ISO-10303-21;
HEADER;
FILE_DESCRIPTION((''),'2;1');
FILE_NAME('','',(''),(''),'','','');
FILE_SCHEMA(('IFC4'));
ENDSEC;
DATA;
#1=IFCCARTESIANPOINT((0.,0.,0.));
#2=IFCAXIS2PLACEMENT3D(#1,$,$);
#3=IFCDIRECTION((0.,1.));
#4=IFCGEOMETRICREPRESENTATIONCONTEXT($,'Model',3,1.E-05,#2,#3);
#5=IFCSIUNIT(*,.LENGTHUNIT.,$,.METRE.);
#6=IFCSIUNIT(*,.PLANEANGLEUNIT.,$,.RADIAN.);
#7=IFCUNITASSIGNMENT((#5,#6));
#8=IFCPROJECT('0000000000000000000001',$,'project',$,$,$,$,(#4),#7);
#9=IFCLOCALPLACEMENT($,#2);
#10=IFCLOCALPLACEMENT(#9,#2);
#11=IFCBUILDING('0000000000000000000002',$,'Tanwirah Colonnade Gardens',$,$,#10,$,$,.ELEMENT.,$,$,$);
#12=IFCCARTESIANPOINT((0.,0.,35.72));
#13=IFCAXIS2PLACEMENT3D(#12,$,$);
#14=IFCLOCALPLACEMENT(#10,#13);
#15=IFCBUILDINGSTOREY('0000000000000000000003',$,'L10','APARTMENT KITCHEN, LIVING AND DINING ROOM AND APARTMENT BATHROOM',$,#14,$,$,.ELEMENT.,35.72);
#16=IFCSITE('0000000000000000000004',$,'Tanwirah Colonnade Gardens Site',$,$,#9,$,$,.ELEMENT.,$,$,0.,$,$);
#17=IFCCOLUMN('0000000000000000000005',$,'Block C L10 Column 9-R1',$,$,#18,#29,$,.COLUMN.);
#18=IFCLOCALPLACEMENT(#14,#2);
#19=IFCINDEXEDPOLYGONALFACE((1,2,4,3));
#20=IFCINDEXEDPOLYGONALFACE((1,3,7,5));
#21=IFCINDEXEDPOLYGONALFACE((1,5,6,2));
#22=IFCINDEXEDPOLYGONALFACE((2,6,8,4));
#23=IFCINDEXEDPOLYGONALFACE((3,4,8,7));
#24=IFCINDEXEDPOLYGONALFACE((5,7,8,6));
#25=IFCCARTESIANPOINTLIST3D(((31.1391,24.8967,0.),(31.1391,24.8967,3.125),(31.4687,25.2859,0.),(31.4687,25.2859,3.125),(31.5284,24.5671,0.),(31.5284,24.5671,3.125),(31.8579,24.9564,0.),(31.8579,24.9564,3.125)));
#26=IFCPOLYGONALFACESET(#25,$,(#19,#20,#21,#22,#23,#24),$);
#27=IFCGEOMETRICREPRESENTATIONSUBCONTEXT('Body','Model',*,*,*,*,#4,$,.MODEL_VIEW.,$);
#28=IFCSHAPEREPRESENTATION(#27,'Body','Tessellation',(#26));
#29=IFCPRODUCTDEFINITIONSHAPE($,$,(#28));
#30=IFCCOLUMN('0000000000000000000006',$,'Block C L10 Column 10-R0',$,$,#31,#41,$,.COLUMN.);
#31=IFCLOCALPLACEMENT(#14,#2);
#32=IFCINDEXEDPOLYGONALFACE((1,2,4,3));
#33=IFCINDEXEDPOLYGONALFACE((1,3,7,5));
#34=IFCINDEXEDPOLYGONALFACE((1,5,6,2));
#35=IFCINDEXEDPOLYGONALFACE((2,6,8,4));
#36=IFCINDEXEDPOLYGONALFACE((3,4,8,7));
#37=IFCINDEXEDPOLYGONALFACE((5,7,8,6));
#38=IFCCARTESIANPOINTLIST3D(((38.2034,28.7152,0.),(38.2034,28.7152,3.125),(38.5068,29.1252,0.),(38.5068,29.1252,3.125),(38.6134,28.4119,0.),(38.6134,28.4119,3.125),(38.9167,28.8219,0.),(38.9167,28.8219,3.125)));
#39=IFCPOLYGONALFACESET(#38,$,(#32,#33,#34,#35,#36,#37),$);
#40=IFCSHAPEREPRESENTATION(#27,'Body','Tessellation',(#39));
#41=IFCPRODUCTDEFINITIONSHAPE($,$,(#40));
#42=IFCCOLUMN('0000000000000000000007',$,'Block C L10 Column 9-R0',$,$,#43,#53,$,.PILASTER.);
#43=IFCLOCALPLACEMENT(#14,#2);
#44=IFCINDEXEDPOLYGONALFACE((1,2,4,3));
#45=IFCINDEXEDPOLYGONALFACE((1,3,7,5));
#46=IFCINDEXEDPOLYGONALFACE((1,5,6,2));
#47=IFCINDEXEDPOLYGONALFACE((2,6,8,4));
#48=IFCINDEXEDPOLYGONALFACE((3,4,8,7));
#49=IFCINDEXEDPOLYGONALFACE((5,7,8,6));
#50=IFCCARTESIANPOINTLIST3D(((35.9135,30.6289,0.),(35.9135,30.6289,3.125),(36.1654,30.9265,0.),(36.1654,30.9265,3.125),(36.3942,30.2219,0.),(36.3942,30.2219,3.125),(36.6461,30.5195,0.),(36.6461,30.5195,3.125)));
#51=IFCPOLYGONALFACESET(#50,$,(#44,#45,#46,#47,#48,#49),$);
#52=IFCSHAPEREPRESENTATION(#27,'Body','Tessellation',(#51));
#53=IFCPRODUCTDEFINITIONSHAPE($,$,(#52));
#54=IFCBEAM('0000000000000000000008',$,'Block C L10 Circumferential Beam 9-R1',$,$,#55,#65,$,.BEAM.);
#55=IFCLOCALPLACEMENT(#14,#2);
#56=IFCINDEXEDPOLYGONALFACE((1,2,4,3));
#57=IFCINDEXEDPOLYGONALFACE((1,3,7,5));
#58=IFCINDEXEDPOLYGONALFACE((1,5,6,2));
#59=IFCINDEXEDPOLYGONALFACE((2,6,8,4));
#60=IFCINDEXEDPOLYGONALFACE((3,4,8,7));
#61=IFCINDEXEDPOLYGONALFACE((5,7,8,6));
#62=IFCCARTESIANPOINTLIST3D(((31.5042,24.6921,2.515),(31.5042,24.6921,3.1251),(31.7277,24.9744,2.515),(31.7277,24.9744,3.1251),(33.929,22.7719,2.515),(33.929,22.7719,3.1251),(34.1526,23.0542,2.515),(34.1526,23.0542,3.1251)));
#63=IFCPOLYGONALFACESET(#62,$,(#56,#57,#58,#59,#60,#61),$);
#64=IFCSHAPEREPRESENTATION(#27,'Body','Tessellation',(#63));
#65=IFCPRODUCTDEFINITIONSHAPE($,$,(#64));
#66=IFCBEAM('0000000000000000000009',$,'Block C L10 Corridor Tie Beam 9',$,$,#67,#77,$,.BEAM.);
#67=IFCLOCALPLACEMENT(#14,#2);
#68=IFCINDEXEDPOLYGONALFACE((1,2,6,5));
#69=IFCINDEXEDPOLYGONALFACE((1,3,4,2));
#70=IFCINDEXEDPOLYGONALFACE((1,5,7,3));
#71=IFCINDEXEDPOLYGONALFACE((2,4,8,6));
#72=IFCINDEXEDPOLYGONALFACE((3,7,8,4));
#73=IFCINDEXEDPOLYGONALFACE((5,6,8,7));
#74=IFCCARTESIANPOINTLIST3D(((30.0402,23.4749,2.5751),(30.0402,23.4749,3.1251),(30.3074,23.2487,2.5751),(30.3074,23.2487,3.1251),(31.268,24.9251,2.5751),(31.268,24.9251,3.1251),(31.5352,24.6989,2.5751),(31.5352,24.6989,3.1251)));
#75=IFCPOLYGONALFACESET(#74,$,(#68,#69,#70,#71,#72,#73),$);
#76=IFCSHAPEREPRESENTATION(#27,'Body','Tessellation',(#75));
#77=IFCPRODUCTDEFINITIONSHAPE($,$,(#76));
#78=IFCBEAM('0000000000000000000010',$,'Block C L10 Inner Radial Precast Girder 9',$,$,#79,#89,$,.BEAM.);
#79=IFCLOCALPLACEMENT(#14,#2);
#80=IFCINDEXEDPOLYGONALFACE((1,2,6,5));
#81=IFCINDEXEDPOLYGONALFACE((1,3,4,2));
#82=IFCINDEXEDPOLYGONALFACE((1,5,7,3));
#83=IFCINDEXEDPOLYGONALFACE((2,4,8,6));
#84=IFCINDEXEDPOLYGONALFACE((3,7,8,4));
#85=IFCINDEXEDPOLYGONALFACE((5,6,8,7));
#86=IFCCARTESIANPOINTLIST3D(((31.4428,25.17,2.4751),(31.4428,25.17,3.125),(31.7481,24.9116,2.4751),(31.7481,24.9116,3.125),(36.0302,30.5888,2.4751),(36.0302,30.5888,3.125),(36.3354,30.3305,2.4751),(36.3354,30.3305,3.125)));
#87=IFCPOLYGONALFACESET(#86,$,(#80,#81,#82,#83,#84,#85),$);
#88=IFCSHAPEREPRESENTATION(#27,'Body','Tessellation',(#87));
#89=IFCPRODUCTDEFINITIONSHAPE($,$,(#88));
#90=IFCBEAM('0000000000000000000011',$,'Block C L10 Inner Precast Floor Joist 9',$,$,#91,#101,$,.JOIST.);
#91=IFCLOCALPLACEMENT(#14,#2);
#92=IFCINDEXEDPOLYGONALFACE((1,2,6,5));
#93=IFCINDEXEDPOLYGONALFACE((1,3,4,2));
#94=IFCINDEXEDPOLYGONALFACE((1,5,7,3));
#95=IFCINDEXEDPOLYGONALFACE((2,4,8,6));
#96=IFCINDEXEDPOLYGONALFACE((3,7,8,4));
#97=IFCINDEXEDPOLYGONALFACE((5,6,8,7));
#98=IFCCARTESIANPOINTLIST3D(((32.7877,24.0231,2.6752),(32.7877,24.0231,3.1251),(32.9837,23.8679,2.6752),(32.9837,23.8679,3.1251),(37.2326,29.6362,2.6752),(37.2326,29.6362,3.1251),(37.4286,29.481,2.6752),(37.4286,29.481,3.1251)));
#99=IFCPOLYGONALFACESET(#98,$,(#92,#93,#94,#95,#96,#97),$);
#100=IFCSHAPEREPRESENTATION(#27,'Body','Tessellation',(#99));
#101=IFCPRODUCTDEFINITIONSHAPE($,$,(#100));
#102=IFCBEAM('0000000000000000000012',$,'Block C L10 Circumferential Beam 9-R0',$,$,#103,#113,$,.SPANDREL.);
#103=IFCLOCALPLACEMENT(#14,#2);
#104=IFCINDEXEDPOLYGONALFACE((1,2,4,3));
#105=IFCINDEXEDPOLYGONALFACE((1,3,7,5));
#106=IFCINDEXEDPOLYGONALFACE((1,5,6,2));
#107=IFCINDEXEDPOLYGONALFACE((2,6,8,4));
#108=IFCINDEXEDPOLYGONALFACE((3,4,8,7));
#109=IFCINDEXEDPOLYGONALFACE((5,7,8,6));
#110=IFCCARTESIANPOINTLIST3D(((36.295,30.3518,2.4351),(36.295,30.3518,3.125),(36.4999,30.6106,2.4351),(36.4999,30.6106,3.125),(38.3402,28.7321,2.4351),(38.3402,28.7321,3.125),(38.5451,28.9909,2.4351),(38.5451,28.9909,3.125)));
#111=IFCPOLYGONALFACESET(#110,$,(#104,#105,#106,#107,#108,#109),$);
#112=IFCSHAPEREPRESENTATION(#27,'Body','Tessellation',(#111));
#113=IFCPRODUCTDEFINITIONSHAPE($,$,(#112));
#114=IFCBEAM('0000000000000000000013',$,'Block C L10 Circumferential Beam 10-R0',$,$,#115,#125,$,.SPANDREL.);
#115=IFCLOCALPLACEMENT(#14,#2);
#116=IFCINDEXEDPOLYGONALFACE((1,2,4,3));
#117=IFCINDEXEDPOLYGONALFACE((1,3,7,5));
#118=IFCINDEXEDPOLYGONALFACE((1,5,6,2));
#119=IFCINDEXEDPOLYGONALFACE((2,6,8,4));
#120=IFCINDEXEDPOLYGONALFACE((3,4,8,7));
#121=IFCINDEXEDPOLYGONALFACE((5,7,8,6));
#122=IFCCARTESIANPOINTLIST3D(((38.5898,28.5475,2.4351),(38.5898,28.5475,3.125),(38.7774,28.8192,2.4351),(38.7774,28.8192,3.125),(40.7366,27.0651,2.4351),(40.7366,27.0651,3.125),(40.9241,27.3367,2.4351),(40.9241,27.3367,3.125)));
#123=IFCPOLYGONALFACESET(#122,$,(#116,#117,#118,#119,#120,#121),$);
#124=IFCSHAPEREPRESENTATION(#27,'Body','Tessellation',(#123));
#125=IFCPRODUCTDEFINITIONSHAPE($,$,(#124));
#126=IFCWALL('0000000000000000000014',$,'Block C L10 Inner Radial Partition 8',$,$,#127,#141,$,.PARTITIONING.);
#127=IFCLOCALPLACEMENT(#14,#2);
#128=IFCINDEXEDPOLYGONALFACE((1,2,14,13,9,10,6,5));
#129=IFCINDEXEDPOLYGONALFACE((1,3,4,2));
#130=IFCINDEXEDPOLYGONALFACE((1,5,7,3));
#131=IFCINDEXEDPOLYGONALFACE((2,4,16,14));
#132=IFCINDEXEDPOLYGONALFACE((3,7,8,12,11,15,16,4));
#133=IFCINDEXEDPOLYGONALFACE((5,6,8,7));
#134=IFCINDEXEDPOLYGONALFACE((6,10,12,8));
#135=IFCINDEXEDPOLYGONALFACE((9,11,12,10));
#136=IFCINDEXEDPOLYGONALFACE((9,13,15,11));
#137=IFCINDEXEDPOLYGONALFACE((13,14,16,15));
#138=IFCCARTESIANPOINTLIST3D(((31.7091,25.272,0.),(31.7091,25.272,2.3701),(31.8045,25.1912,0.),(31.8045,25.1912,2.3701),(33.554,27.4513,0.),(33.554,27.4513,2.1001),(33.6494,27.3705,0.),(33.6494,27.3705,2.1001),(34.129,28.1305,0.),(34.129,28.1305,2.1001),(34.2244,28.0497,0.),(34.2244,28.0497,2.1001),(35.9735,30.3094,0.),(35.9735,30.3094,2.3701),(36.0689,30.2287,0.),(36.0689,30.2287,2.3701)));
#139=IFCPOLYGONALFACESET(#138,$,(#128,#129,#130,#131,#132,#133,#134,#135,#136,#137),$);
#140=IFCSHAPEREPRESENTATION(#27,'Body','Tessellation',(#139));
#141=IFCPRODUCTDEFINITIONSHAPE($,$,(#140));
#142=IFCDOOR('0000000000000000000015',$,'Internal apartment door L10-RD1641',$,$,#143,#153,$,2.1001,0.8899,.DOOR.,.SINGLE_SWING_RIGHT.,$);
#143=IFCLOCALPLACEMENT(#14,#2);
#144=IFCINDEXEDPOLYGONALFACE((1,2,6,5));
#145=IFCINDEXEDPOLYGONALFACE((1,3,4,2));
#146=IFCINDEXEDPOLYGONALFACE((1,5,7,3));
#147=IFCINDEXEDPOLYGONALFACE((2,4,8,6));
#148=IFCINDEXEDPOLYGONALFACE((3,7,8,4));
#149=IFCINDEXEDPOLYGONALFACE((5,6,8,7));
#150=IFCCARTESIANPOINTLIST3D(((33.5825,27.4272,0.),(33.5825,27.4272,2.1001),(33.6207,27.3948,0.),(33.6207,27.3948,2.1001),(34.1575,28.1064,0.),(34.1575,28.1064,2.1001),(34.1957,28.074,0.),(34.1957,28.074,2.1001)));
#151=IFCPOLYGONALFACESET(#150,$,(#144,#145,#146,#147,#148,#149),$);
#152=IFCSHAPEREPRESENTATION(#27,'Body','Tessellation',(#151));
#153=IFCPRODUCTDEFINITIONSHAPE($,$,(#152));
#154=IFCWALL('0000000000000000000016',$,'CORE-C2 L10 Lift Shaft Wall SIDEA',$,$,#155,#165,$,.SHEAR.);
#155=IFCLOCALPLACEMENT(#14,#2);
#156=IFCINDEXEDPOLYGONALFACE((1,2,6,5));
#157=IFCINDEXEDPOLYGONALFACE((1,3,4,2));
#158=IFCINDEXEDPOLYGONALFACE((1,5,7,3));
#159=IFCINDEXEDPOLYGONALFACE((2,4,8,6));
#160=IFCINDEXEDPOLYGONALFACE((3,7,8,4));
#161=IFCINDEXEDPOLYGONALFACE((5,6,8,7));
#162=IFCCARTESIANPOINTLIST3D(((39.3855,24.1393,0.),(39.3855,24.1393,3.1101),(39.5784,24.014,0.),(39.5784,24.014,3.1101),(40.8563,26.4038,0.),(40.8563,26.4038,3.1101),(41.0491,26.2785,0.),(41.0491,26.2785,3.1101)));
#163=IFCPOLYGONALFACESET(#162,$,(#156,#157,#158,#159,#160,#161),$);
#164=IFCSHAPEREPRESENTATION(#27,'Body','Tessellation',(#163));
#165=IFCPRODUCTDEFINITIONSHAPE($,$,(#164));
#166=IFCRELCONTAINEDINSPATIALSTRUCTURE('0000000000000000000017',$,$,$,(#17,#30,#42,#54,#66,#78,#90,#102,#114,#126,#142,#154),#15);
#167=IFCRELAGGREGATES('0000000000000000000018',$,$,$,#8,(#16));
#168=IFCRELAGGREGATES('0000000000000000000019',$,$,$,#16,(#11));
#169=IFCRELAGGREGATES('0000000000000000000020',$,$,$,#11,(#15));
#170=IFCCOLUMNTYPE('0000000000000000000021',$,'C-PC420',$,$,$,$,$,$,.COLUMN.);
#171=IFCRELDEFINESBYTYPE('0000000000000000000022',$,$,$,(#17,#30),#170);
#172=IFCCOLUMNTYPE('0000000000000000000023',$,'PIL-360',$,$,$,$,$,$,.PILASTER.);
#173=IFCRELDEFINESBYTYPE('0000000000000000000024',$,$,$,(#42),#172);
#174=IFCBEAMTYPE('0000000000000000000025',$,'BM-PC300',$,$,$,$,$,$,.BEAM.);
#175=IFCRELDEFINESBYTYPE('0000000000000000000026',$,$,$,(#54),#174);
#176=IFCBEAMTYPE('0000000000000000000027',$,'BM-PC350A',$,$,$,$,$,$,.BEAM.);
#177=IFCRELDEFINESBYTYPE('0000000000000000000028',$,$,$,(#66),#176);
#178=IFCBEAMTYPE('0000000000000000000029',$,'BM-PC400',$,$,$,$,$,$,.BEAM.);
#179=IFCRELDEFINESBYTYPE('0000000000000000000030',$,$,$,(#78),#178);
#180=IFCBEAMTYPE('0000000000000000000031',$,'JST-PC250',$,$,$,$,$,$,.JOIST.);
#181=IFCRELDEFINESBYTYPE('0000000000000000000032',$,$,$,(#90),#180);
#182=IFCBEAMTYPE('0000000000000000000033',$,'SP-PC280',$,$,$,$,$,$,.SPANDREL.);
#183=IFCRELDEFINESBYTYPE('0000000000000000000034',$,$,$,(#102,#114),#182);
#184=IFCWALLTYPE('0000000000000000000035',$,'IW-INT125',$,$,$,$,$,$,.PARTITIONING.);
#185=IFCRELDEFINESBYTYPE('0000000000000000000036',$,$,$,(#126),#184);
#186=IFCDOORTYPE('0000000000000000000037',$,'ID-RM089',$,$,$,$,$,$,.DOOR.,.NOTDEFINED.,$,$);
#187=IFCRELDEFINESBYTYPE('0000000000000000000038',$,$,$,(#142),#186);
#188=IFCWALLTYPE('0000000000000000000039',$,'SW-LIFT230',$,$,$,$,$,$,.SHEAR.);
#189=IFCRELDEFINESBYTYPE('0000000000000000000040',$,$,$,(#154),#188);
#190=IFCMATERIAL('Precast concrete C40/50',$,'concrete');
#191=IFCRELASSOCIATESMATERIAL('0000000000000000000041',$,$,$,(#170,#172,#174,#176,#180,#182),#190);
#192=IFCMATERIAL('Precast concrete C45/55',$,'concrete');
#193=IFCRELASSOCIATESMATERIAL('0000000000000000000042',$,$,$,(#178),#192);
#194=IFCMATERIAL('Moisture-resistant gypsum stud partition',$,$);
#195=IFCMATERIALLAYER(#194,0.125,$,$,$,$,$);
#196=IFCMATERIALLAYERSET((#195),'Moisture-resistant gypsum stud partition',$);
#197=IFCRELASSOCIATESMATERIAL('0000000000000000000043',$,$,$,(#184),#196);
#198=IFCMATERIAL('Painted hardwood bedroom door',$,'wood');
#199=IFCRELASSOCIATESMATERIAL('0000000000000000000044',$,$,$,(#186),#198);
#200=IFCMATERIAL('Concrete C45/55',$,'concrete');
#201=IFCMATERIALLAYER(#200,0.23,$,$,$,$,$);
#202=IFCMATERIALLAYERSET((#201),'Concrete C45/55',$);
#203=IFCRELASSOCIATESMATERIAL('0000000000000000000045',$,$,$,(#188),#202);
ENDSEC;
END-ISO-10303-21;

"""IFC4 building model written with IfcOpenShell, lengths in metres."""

from ifc_helpers import new_model, si_unit, direction, frame, frame_2d, origin, origin_2d, place, context, subcontext, project, spatial, rectangle, extrude, material, layer, layer_set, material_profile, profile_set, type_object, element, fill, save


model = new_model("IFC4")

# Units and contexts
model_context = context("Model", 3, precision=1e-05, world=origin(), true_north=direction((0.0, 1.0)))
body_context = subcontext(model_context, "Body", "Model", "MODEL_VIEW")
ifc_project = project(units=[si_unit("LENGTHUNIT", "METRE"), si_unit("PLANEANGLEUNIT", "RADIAN")], contexts=[model_context])

# Site, building, storey
site_placement = place(None, origin())
site = spatial("IfcSite", under=ifc_project, at=site_placement, Name="Tanwirah Colonnade Gardens Site", CompositionType="ELEMENT", RefElevation=0.0)
building_placement = place(site_placement, origin())
building = spatial("IfcBuilding", under=site, at=building_placement, Name="Tanwirah Colonnade Gardens", CompositionType="ELEMENT")
storey_placement = place(building_placement, frame((0.0, 0.0, 35.72)))
storey = spatial("IfcBuildingStorey", under=building, at=storey_placement, Name="L10", Description="APARTMENT KITCHEN, LIVING AND DINING ROOM AND APARTMENT BATHROOM", CompositionType="ELEMENT", Elevation=35.72)

# Columns
ifc_material_1 = material(Name="Precast concrete C40/50", Category="concrete")
ifc_material_profile_1 = material_profile(ifc_material_1, rectangle(XDim=0.51, YDim=0.51, at=origin_2d()), Name="PC-COL 510x510")
ifc_profile_set_1 = profile_set([ifc_material_profile_1], Name="Precast concrete C40/50")
column_type_1 = type_object("IfcColumnType", Name="C-PC420", PredefinedType="COLUMN", material=ifc_profile_set_1)
for number, where, z_axis, x_axis, name in (
    (1, (31.4985, 24.9265, 0.0), (0.0, 0.0, 1.0), (-0.646124, -0.763232, 0.0), "Block C L10 Column 9-R1"),
    (2, (38.5601, 28.7686, 0.0), (0.0, 0.0, 1.0), (-0.594823, -0.803857, 0.0), "Block C L10 Column 10-R0"),
):
    element("IfcColumn", number, at=place(storey_placement, frame(where, z_axis=z_axis, x_axis=x_axis)), inside=storey, type_object=column_type_1, Name=name, PredefinedType="COLUMN", context=body_context, shape_type="SweptSolid", body=[
        extrude(rectangle(XDim=0.51, YDim=0.51, at=origin_2d()), origin(), (0.0, 0.0, 1.0), 3.125),
    ])
ifc_material_profile_2 = material_profile(ifc_material_1, rectangle(XDim=0.3899, YDim=0.6299, at=origin_2d()), Name="PC-PIL 390x630")
ifc_profile_set_2 = profile_set([ifc_material_profile_2], Name="Precast concrete C40/50")
column_type_2 = type_object("IfcColumnType", Name="PIL-360", PredefinedType="PILASTER", material=ifc_profile_set_2)
column_placement = place(storey_placement, frame((36.2798, 30.5742, 0.0), z_axis=(0.0, 0.0, 1.0), x_axis=(-0.646124, -0.763232, 0.0)))
element("IfcColumn", 3, at=column_placement, inside=storey, type_object=column_type_2, Name="Block C L10 Column 9-R0", PredefinedType="PILASTER", context=body_context, shape_type="SweptSolid", body=[
    extrude(rectangle(XDim=0.3899, YDim=0.6299, at=origin_2d()), origin(), (0.0, 0.0, 1.0), 3.125),
])

# Beams
ifc_material_profile_3 = material_profile(ifc_material_1, rectangle(XDim=0.3601, YDim=0.6101, at=origin_2d()), Name="PC-BM 360x610")
ifc_profile_set_3 = profile_set([ifc_material_profile_3], Name="Precast concrete C40/50")
beam_type_1 = type_object("IfcBeamType", Name="BM-PC300", PredefinedType="BEAM", material=ifc_profile_set_3)
beam_1_placement = place(storey_placement, frame((31.616, 24.8333, 2.8201), z_axis=(0.783963, -0.620808, 0.0), x_axis=(0.620808, 0.783963, 0.0)))
element("IfcBeam", 4, at=beam_1_placement, inside=storey, type_object=beam_type_1, Name="Block C L10 Circumferential Beam 9-R1", PredefinedType="BEAM", context=body_context, shape_type="SweptSolid", body=[
    extrude(rectangle(XDim=0.3601, YDim=0.6101, at=origin_2d()), origin(), (0.0, 0.0, 1.0), 3.093),
])
ifc_material_profile_4 = material_profile(ifc_material_1, rectangle(XDim=0.3501, YDim=0.55, at=origin_2d()), Name="PC-BM 350x550")
ifc_profile_set_4 = profile_set([ifc_material_profile_4], Name="Precast concrete C40/50")
beam_type_2 = type_object("IfcBeamType", Name="BM-PC350A", PredefinedType="BEAM", material=ifc_profile_set_4)
beam_2_placement = place(storey_placement, frame((31.4016, 24.812, 2.8501), z_axis=(-0.646155, -0.763206, 0.0), x_axis=(0.763206, -0.646155, 0.0)))
element("IfcBeam", 5, at=beam_2_placement, inside=storey, type_object=beam_type_2, Name="Block C L10 Corridor Tie Beam 9", PredefinedType="BEAM", context=body_context, shape_type="SweptSolid", body=[
    extrude(rectangle(XDim=0.3501, YDim=0.55, at=origin_2d()), origin(), (0.0, 0.0, 1.0), 1.9001),
])
ifc_material_2 = material(Name="Precast concrete C45/55", Category="concrete")
ifc_material_profile_5 = material_profile(ifc_material_2, rectangle(XDim=0.3999, YDim=0.6499, at=origin_2d()), Name="PC-BM 400x650")
ifc_profile_set_5 = profile_set([ifc_material_profile_5], Name="Precast concrete C45/55")
beam_type_3 = type_object("IfcBeamType", Name="BM-PC400", PredefinedType="BEAM", material=ifc_profile_set_5)
beam_3_placement = place(storey_placement, frame((31.5955, 25.0408, 2.8), z_axis=(0.646118, 0.763238, 0.0), x_axis=(-0.763238, 0.646118, 0.0)))
element("IfcBeam", 6, at=beam_3_placement, inside=storey, type_object=beam_type_3, Name="Block C L10 Inner Radial Precast Girder 9", PredefinedType="BEAM", context=body_context, shape_type="SweptSolid", body=[
    extrude(rectangle(XDim=0.3999, YDim=0.6499, at=origin_2d()), origin(), (0.0, 0.0, 1.0), 7.0999),
])
ifc_material_profile_6 = material_profile(ifc_material_1, rectangle(XDim=0.25, YDim=0.45, at=origin_2d()), Name="PC-JST 250x450")
ifc_profile_set_6 = profile_set([ifc_material_profile_6], Name="Precast concrete C40/50")
beam_type_4 = type_object("IfcBeamType", Name="JST-PC250", PredefinedType="JOIST", material=ifc_profile_set_6)
beam_4_placement = place(storey_placement, frame((37.3306, 29.5586, 2.9001), z_axis=(-0.620803, -0.783966, 0.0), x_axis=(0.783966, -0.620803, 0.0)))
element("IfcBeam", 7, at=beam_4_placement, inside=storey, type_object=beam_type_4, Name="Block C L10 Inner Precast Floor Joist 9", PredefinedType="JOIST", context=body_context, shape_type="SweptSolid", body=[
    extrude(rectangle(XDim=0.25, YDim=0.45, at=origin_2d()), origin(), (0.0, 0.0, 1.0), 7.1599),
])
ifc_material_profile_7 = material_profile(ifc_material_1, rectangle(XDim=0.3301, YDim=0.6899, at=origin_2d()), Name="PC-SP 330x690")
ifc_profile_set_7 = profile_set([ifc_material_profile_7], Name="Precast concrete C40/50")
beam_type_5 = type_object("IfcBeamType", Name="SP-PC280", PredefinedType="SPANDREL", material=ifc_profile_set_7)
for number, where, z_axis, x_axis, name in (
    (8, (36.3975, 30.4812, 2.78), (0.783945, -0.62083, 0.0), (0.62083, 0.783945, 0.0), "Block C L10 Circumferential Beam 9-R0"),
    (9, (38.6836, 28.6833, 2.78), (0.822869, -0.568231, 0.0), (0.568231, 0.822869, 0.0), "Block C L10 Circumferential Beam 10-R0"),
):
    element("IfcBeam", number, at=place(storey_placement, frame(where, z_axis=z_axis, x_axis=x_axis)), inside=storey, type_object=beam_type_5, Name=name, PredefinedType="SPANDREL", context=body_context, shape_type="SweptSolid", body=[
        extrude(rectangle(XDim=0.3301, YDim=0.6899, at=origin_2d()), origin(), (0.0, 0.0, 1.0), 2.6089),
    ])

# Wall, opening, door
ifc_material_3 = material(Name="Moisture-resistant gypsum stud partition")
ifc_layer_1 = layer(ifc_material_3, 0.125)
ifc_layer_set_1 = layer_set([ifc_layer_1], Name="Moisture-resistant gypsum stud partition")
wall_type_1 = type_object("IfcWallType", Name="IW-INT125", PredefinedType="PARTITIONING", material=ifc_layer_set_1)
wall_1_placement = place(storey_placement, frame((36.0212, 30.269, 0.0), z_axis=(0.0, 0.0, 1.0), x_axis=(-0.646121, -0.763235, 0.0)))
wall_1 = element("IfcWall", 10, at=wall_1_placement, inside=storey, type_object=wall_type_1, Name="Block C L10 Inner Radial Partition 8", PredefinedType="PARTITIONING", context=body_context, shape_type="SweptSolid", body=[
    extrude(rectangle(XDim=6.6001, YDim=0.125, at=frame_2d((3.3, 0.0))), origin(), (0.0, 0.0, 1.0), 2.3701),
])
opening_1_placement = place(wall_1_placement, frame((2.855, 0.0, 0.0)))
opening_1 = element("IfcOpeningElement", 11, at=opening_1_placement, cuts=wall_1, PredefinedType="OPENING", context=body_context, shape_type="SweptSolid", body=[
    extrude(rectangle(XDim=0.8899, YDim=2.1001, at=frame_2d((0.4448, 1.05))), frame((0.0, 0.0725, 0.0), z_axis=(0.0, -1.0, 0.0), x_axis=(1.0, 0.0, 0.0)), (0.0, 0.0, 1.0), 0.145),
])
ifc_material_4 = material(Name="Painted hardwood bedroom door", Category="wood")
door_type_1 = type_object("IfcDoorType", Name="ID-RM089", OperationType="NOTDEFINED", PredefinedType="DOOR", material=ifc_material_4)
door_1_placement = place(opening_1_placement, origin())
door_1 = element("IfcDoor", 12, at=door_1_placement, inside=storey, type_object=door_type_1, Name="Internal apartment door L10-RD1641", OperationType="SINGLE_SWING_RIGHT", OverallHeight=2.1001, OverallWidth=0.8899, PredefinedType="DOOR", context=body_context, shape_type="SweptSolid", body=[
    extrude(rectangle(XDim=0.8899, YDim=2.1001, at=frame_2d((0.4448, 1.05))), frame((0.0, 0.0249, 0.0), z_axis=(0.0, -1.0, 0.0), x_axis=(1.0, 0.0, 0.0)), (0.0, 0.0, 1.0), 0.05),
])
fill(opening_1, door_1)
ifc_material_5 = material(Name="Concrete C45/55", Category="concrete")
ifc_layer_2 = layer(ifc_material_5, 0.23)
ifc_layer_set_2 = layer_set([ifc_layer_2], Name="Concrete C45/55")
wall_type_2 = type_object("IfcWallType", Name="SW-LIFT230", PredefinedType="SHEAR", material=ifc_layer_set_2)

# Wall
wall_2_placement = place(storey_placement, frame((39.4819, 24.0767, 0.0), z_axis=(0.0, 0.0, 1.0), x_axis=(0.544686, 0.83864, 0.0)))
element("IfcWall", 13, at=wall_2_placement, inside=storey, type_object=wall_type_2, Name="CORE-C2 L10 Lift Shaft Wall SIDEA", PredefinedType="SHEAR", context=body_context, shape_type="SweptSolid", body=[
    extrude(rectangle(XDim=2.7002, YDim=0.23, at=frame_2d((1.3501, 0.0))), origin(), (0.0, 0.0, 1.0), 3.1101),
])

save(model, "model.ifc")
